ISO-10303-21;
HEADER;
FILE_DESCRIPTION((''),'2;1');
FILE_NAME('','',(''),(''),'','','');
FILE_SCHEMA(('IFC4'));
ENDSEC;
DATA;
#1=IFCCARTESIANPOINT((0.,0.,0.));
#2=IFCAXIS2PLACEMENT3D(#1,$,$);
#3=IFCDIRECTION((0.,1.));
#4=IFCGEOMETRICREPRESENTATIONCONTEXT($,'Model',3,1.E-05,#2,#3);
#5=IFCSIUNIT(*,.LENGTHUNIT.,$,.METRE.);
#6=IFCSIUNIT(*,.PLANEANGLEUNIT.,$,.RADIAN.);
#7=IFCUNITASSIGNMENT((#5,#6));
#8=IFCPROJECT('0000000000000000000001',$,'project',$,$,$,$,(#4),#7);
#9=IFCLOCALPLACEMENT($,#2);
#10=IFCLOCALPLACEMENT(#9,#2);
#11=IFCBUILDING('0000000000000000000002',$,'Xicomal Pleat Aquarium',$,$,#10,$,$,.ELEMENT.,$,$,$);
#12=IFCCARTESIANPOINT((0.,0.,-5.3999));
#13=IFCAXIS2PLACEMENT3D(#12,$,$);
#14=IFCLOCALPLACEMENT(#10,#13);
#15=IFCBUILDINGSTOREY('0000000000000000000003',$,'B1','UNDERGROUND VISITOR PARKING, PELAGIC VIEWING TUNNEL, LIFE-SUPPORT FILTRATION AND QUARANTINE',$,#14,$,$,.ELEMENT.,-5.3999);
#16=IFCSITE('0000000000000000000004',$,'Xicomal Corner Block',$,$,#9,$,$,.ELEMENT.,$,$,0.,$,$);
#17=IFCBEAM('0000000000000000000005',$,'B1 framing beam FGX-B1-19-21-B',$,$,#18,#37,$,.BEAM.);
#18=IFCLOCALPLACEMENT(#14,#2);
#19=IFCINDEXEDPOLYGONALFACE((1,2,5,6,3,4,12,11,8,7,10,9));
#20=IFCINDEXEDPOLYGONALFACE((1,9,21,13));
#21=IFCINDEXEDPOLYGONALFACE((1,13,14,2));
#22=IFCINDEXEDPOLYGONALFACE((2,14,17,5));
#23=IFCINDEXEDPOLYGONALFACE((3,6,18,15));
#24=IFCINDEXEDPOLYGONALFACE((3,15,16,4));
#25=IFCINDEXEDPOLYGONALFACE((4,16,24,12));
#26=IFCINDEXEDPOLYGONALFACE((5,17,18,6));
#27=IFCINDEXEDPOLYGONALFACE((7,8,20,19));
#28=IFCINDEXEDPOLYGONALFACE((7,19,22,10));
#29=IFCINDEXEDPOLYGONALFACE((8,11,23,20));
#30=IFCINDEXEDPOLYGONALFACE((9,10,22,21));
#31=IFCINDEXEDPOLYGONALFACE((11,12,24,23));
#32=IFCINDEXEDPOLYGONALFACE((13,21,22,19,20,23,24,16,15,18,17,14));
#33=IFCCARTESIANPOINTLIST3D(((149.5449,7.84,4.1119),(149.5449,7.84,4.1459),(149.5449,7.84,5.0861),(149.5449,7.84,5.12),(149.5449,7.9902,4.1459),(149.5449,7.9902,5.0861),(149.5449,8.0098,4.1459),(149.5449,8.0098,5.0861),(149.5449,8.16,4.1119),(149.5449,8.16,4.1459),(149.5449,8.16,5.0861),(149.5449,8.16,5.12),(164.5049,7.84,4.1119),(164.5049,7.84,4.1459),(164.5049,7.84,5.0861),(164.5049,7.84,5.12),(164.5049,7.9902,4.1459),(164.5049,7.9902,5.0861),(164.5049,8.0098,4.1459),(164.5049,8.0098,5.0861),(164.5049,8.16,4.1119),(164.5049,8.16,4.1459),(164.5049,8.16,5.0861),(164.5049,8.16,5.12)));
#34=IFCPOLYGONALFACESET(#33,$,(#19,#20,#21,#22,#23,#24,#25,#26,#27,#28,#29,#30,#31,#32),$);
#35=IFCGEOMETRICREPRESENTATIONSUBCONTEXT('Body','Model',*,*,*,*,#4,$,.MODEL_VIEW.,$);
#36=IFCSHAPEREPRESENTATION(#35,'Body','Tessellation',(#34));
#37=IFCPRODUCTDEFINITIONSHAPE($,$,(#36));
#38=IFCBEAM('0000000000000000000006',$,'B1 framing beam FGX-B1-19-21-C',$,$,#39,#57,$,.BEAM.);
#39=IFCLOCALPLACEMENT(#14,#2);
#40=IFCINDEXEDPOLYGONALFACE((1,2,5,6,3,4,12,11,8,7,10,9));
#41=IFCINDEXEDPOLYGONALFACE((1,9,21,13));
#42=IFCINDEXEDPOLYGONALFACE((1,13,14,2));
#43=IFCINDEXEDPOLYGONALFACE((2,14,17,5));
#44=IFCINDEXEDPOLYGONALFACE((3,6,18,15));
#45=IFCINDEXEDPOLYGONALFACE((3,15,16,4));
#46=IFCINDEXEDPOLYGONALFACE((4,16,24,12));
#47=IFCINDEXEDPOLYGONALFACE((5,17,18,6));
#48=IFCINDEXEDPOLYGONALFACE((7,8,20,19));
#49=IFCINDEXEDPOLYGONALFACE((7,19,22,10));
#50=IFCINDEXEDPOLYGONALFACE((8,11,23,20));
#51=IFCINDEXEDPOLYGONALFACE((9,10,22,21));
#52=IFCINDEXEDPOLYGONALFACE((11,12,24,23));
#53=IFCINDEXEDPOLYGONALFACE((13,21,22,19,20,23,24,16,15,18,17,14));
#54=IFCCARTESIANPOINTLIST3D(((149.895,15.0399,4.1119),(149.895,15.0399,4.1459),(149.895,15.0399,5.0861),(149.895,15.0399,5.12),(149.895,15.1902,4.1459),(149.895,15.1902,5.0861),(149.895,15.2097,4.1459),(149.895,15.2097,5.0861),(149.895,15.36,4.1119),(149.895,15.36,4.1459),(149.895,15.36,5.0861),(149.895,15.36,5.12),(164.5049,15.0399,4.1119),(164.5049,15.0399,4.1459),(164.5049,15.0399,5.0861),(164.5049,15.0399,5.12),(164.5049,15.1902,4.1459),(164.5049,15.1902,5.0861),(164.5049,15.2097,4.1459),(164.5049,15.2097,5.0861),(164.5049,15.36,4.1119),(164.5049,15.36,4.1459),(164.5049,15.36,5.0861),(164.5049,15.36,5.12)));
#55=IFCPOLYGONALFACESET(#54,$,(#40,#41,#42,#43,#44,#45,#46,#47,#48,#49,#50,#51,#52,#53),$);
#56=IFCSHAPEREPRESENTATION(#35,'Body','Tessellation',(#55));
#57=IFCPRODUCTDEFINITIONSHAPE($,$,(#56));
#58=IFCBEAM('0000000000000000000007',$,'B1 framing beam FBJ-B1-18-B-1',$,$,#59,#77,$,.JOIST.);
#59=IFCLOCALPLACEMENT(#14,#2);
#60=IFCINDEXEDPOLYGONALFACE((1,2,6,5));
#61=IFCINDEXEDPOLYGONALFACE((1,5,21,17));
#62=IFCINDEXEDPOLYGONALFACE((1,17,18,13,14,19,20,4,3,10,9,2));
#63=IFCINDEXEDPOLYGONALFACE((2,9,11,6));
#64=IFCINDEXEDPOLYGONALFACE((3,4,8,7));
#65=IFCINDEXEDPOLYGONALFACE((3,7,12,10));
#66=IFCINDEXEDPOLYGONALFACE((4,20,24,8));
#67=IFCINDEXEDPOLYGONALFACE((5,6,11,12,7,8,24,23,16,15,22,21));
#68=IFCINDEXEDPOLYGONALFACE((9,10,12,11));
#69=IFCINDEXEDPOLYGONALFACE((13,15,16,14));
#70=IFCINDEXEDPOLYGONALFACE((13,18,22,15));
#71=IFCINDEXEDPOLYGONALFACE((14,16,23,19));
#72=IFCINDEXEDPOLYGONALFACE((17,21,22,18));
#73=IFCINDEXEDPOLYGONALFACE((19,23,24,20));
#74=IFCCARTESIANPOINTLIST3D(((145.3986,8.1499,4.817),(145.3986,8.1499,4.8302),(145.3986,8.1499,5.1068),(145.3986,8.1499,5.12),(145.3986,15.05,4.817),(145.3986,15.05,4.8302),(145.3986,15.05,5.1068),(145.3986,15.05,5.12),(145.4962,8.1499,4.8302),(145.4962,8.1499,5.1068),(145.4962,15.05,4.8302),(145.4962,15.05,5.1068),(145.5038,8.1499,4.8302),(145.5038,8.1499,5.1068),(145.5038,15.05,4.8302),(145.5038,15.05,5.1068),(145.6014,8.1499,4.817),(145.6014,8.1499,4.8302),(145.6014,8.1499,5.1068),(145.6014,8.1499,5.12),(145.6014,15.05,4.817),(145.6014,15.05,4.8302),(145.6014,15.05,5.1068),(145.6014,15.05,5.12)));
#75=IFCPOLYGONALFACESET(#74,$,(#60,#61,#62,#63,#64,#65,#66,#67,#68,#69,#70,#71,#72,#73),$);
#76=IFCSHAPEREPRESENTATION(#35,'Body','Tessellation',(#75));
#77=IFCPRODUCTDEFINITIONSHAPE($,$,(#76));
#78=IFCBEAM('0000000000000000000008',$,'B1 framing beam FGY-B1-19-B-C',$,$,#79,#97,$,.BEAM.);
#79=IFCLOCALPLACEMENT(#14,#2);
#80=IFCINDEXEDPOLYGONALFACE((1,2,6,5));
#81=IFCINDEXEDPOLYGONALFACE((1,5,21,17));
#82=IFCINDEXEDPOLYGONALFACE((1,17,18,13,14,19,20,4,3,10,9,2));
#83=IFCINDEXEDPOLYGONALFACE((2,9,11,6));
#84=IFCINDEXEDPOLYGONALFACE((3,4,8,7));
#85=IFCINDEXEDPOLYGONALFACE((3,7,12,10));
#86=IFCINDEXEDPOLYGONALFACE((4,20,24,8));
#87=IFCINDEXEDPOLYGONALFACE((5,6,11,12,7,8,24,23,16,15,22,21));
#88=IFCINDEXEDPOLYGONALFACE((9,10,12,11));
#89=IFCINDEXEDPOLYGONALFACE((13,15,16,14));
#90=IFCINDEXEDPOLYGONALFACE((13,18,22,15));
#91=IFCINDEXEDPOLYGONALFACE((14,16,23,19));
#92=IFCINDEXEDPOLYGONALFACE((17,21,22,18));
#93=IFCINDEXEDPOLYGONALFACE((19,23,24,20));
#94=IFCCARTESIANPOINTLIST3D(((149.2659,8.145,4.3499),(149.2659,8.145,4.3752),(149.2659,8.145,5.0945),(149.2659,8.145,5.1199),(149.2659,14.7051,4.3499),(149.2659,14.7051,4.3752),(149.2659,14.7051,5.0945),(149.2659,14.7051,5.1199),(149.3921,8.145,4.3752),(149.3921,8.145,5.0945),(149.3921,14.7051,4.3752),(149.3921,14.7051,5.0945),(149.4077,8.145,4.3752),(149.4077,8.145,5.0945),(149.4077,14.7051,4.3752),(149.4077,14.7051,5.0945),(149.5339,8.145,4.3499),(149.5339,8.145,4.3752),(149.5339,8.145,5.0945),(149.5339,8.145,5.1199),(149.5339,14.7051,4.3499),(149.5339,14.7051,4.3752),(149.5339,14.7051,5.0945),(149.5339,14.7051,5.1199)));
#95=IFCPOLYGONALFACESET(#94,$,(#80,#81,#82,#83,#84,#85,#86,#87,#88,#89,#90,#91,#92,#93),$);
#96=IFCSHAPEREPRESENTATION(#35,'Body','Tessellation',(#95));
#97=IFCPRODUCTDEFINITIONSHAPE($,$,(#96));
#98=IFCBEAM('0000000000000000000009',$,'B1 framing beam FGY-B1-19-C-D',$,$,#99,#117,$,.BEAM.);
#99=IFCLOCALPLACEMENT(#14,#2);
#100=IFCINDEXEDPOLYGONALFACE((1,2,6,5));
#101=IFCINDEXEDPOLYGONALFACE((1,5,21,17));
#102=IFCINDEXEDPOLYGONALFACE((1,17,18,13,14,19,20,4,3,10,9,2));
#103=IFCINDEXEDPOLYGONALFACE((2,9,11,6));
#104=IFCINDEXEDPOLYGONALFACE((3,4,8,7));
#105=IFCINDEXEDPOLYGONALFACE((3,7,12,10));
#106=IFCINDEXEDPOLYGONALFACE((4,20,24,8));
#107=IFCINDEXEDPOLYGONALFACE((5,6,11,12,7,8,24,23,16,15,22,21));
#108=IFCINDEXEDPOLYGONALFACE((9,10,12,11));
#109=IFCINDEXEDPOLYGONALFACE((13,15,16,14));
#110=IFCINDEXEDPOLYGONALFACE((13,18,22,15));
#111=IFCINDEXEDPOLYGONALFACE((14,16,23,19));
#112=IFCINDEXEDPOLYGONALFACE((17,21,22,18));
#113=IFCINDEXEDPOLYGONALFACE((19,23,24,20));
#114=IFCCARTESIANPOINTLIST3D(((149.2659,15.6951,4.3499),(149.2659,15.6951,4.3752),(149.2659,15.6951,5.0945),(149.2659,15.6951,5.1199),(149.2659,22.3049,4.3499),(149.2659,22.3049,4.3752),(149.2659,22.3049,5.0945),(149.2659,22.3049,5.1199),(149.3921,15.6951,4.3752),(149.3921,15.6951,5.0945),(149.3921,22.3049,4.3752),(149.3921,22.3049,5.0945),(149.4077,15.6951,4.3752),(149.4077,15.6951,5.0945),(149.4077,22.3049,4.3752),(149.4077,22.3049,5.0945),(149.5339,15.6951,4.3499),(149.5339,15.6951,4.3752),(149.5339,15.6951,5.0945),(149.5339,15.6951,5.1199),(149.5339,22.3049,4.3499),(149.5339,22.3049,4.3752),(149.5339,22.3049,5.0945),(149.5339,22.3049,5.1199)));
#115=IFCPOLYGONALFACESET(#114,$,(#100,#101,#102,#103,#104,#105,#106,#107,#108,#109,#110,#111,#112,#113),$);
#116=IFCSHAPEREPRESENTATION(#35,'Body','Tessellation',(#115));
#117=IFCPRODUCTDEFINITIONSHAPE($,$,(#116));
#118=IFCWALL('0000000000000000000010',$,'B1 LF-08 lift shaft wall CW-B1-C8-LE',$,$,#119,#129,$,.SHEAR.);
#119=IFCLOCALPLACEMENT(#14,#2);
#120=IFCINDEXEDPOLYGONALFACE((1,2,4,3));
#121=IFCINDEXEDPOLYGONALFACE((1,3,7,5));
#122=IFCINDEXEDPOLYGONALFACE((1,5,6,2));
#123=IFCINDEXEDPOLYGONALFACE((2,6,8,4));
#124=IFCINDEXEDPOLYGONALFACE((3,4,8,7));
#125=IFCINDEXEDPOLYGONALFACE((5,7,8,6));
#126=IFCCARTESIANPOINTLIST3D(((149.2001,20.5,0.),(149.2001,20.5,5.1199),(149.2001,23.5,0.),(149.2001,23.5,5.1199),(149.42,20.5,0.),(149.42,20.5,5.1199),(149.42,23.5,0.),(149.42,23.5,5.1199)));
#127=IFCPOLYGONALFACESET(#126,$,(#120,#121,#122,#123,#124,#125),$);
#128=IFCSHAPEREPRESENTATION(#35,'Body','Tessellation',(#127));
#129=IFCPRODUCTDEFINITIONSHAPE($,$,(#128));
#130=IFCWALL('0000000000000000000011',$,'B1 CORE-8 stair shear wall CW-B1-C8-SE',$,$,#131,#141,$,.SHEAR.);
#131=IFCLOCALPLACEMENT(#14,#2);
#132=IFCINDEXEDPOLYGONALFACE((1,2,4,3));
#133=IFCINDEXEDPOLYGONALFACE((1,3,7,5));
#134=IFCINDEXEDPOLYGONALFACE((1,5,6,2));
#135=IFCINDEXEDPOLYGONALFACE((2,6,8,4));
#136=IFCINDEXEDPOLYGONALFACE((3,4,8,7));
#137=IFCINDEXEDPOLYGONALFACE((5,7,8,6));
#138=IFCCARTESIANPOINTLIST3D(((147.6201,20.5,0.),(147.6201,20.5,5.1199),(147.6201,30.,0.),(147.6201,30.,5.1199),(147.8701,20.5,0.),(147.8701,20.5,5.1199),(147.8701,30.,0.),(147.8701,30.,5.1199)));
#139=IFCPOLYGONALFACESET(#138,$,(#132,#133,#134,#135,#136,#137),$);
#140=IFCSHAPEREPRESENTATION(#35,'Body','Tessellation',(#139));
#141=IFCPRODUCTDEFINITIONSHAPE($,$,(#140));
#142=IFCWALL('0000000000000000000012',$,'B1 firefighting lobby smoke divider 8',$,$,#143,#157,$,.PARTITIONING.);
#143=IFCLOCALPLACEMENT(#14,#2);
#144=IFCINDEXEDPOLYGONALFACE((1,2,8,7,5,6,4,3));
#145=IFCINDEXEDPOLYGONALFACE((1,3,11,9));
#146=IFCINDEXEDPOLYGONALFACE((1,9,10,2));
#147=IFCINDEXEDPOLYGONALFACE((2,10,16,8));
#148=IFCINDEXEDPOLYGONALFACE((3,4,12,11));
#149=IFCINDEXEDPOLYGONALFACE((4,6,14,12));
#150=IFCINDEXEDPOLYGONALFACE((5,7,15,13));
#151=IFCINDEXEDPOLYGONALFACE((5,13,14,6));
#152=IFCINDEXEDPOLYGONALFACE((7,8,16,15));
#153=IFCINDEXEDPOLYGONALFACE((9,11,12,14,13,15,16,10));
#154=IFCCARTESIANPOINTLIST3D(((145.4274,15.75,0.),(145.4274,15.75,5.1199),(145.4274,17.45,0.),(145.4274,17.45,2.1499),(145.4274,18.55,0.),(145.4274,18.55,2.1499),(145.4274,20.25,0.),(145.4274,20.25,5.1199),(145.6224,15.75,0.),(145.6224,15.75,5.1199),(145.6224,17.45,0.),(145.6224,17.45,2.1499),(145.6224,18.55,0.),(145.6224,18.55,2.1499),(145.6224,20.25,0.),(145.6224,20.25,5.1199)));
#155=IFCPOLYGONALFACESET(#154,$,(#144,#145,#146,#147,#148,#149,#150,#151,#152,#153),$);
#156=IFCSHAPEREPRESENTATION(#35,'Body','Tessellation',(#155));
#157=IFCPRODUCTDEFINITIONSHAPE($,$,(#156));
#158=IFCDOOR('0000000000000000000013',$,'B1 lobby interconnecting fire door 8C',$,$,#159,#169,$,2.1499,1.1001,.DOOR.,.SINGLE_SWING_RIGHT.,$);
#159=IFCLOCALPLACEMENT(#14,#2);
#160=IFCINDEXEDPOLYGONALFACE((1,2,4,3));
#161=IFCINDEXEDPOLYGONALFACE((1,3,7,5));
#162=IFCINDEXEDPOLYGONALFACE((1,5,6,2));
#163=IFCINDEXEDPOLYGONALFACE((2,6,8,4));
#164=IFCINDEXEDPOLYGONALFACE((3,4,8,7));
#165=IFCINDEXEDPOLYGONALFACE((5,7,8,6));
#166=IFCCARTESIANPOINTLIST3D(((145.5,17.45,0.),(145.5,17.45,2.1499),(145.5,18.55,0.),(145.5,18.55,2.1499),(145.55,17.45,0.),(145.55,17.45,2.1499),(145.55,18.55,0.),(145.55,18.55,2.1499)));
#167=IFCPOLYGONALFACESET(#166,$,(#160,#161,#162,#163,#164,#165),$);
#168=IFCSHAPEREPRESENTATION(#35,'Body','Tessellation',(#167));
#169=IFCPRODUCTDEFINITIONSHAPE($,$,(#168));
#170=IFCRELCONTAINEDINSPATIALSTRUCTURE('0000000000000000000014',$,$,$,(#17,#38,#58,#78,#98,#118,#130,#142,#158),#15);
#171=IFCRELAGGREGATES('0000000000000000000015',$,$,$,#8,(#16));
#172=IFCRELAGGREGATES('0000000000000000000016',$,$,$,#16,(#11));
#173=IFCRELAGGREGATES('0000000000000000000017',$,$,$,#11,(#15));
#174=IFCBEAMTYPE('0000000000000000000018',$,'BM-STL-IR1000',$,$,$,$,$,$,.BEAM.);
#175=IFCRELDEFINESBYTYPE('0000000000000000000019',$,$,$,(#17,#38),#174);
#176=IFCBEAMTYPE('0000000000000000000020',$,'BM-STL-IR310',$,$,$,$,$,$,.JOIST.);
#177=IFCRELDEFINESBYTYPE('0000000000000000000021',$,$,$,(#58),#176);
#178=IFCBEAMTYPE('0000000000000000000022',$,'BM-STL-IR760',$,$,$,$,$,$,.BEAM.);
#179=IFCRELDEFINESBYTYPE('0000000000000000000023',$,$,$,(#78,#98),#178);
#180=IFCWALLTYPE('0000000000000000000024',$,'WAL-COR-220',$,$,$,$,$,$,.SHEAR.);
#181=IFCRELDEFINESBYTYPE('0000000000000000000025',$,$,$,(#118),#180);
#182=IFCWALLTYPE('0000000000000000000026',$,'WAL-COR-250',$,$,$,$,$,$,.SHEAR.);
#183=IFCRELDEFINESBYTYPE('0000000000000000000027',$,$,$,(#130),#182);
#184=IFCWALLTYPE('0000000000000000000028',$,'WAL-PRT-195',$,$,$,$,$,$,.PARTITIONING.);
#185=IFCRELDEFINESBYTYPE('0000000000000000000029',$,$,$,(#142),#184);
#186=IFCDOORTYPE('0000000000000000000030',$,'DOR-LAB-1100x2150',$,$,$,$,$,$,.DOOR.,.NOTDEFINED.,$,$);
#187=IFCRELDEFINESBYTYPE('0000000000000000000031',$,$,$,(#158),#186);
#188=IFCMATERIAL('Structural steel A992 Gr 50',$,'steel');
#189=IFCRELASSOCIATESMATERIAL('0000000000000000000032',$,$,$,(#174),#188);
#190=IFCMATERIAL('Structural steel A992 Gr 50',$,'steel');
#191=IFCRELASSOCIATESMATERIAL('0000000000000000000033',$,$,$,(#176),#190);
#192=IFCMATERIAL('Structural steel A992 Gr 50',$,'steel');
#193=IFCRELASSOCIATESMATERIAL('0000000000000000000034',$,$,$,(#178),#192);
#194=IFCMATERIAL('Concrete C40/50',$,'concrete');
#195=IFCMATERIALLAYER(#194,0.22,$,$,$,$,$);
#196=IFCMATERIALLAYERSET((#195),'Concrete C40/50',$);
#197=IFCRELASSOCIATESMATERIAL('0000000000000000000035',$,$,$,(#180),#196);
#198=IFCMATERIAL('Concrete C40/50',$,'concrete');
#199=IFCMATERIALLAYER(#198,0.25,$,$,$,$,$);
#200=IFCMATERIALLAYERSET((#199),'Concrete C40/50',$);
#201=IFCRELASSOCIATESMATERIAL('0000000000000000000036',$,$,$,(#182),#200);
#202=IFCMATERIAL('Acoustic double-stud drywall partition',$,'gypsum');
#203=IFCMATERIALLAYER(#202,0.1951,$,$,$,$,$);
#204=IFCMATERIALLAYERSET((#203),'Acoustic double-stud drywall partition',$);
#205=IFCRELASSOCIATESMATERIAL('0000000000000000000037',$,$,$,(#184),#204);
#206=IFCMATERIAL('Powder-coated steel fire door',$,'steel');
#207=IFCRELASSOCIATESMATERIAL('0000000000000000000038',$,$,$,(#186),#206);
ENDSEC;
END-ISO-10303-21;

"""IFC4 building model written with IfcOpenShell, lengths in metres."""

from ifc_helpers import new_model, si_unit, direction, frame, frame_2d, origin, origin_2d, place, context, subcontext, project, spatial, rectangle, i_section, extrude, material, layer, layer_set, material_profile, profile_set, type_object, element, fill, save


model = new_model("IFC4")

# Units and contexts
model_context = context("Model", 3, precision=1e-05, world=origin(), true_north=direction((0.0, 1.0)))
body_context = subcontext(model_context, "Body", "Model", "MODEL_VIEW")
ifc_project = project(units=[si_unit("LENGTHUNIT", "METRE"), si_unit("PLANEANGLEUNIT", "RADIAN")], contexts=[model_context])

# Site, building, storey
site_placement = place(None, origin())
site = spatial("IfcSite", under=ifc_project, at=site_placement, Name="Xicomal Corner Block", CompositionType="ELEMENT", RefElevation=0.0)
building_placement = place(site_placement, origin())
building = spatial("IfcBuilding", under=site, at=building_placement, Name="Xicomal Pleat Aquarium", CompositionType="ELEMENT")
storey_placement = place(building_placement, frame((0.0, 0.0, -5.3999)))
storey = spatial("IfcBuildingStorey", under=building, at=storey_placement, Name="B1", Description="UNDERGROUND VISITOR PARKING, PELAGIC VIEWING TUNNEL, LIFE-SUPPORT FILTRATION AND QUARANTINE", CompositionType="ELEMENT", Elevation=-5.3999)

# Beams
ifc_material_1 = material(Name="Structural steel A992 Gr 50", Category="steel")
ifc_material_profile_1 = material_profile(ifc_material_1, i_section(OverallWidth=0.3201, OverallDepth=1.0081, WebThickness=0.0195, FlangeThickness=0.0339, at=origin_2d()), Name="IR 1000x321")
ifc_profile_set_1 = profile_set([ifc_material_profile_1], Name="Structural steel A992 Gr 50")
beam_type_1 = type_object("IfcBeamType", Name="BM-STL-IR1000", PredefinedType="BEAM", material=ifc_profile_set_1)
beam_1_placement = place(storey_placement, frame((149.5449, 8.0, 4.616), z_axis=(1.0, 0.0, 0.0), x_axis=(0.0, 1.0, 0.0)))
element("IfcBeam", 1, at=beam_1_placement, inside=storey, type_object=beam_type_1, Name="B1 framing beam FGX-B1-19-21-B", PredefinedType="BEAM", context=body_context, shape_type="SweptSolid", body=[
    extrude(i_section(OverallWidth=0.3201, OverallDepth=1.0081, WebThickness=0.0195, FlangeThickness=0.0339, at=origin_2d()), origin(), (0.0, 0.0, 1.0), 14.96),
])
beam_2_placement = place(storey_placement, frame((149.895, 15.2, 4.616), z_axis=(1.0, 0.0, 0.0), x_axis=(0.0, 1.0, 0.0)))
element("IfcBeam", 2, at=beam_2_placement, inside=storey, type_object=beam_type_1, Name="B1 framing beam FGX-B1-19-21-C", PredefinedType="BEAM", context=body_context, shape_type="SweptSolid", body=[
    extrude(i_section(OverallWidth=0.3201, OverallDepth=1.0081, WebThickness=0.0195, FlangeThickness=0.0339, at=origin_2d()), origin(), (0.0, 0.0, 1.0), 14.6099),
])
ifc_material_2 = material(Name="Structural steel A992 Gr 50", Category="steel")
ifc_material_profile_2 = material_profile(ifc_material_2, i_section(OverallWidth=0.2029, OverallDepth=0.303, WebThickness=0.0076, FlangeThickness=0.0132, at=origin_2d()), Name="IR 310x60")
ifc_profile_set_2 = profile_set([ifc_material_profile_2], Name="Structural steel A992 Gr 50")
beam_type_2 = type_object("IfcBeamType", Name="BM-STL-IR310", PredefinedType="JOIST", material=ifc_profile_set_2)
beam_3_placement = place(storey_placement, frame((145.5, 8.1499, 4.9685), z_axis=(0.0, 1.0, 0.0), x_axis=(-1.0, 0.0, 0.0)))
element("IfcBeam", 3, at=beam_3_placement, inside=storey, type_object=beam_type_2, Name="B1 framing beam FBJ-B1-18-B-1", PredefinedType="JOIST", context=body_context, shape_type="SweptSolid", body=[
    extrude(i_section(OverallWidth=0.2029, OverallDepth=0.303, WebThickness=0.0076, FlangeThickness=0.0132, at=origin_2d()), origin(), (0.0, 0.0, 1.0), 6.9001),
])
ifc_material_3 = material(Name="Structural steel A992 Gr 50", Category="steel")
ifc_material_profile_3 = material_profile(ifc_material_3, i_section(OverallWidth=0.2681, OverallDepth=0.77, WebThickness=0.0156, FlangeThickness=0.0254, at=origin_2d()), Name="IR 760x196")
ifc_profile_set_3 = profile_set([ifc_material_profile_3], Name="Structural steel A992 Gr 50")
beam_type_3 = type_object("IfcBeamType", Name="BM-STL-IR760", PredefinedType="BEAM", material=ifc_profile_set_3)
beam_4_placement = place(storey_placement, frame((149.3999, 8.145, 4.7349), z_axis=(0.0, 1.0, 0.0), x_axis=(-1.0, 0.0, 0.0)))
element("IfcBeam", 4, at=beam_4_placement, inside=storey, type_object=beam_type_3, Name="B1 framing beam FGY-B1-19-B-C", PredefinedType="BEAM", context=body_context, shape_type="SweptSolid", body=[
    extrude(i_section(OverallWidth=0.2681, OverallDepth=0.77, WebThickness=0.0156, FlangeThickness=0.0254, at=origin_2d()), origin(), (0.0, 0.0, 1.0), 6.5601),
])
beam_5_placement = place(storey_placement, frame((149.3999, 15.6951, 4.7349), z_axis=(0.0, 1.0, 0.0), x_axis=(-1.0, 0.0, 0.0)))
element("IfcBeam", 5, at=beam_5_placement, inside=storey, type_object=beam_type_3, Name="B1 framing beam FGY-B1-19-C-D", PredefinedType="BEAM", context=body_context, shape_type="SweptSolid", body=[
    extrude(i_section(OverallWidth=0.2681, OverallDepth=0.77, WebThickness=0.0156, FlangeThickness=0.0254, at=origin_2d()), origin(), (0.0, 0.0, 1.0), 6.6099),
])

# Shared definitions
ifc_material_4 = material(Name="Concrete C40/50", Category="concrete")
ifc_layer_1 = layer(ifc_material_4, 0.22)
ifc_layer_set_1 = layer_set([ifc_layer_1], Name="Concrete C40/50")
wall_type_1 = type_object("IfcWallType", Name="WAL-COR-220", PredefinedType="SHEAR", material=ifc_layer_set_1)

# Walls
wall_1_placement = place(storey_placement, frame((149.3101, 20.5, 0.0), z_axis=(0.0, 0.0, 1.0), x_axis=(0.0, 1.0, 0.0)))
element("IfcWall", 6, at=wall_1_placement, inside=storey, type_object=wall_type_1, Name="B1 LF-08 lift shaft wall CW-B1-C8-LE", PredefinedType="SHEAR", context=body_context, shape_type="SweptSolid", body=[
    extrude(rectangle(XDim=3.0, YDim=0.22, at=frame_2d((1.5, 0.0))), origin(), (0.0, 0.0, 1.0), 5.1199),
])
ifc_material_5 = material(Name="Concrete C40/50", Category="concrete")
ifc_layer_2 = layer(ifc_material_5, 0.25)
ifc_layer_set_2 = layer_set([ifc_layer_2], Name="Concrete C40/50")
wall_type_2 = type_object("IfcWallType", Name="WAL-COR-250", PredefinedType="SHEAR", material=ifc_layer_set_2)
wall_2_placement = place(storey_placement, frame((147.7451, 20.5, 0.0), z_axis=(0.0, 0.0, 1.0), x_axis=(0.0, 1.0, 0.0)))
element("IfcWall", 7, at=wall_2_placement, inside=storey, type_object=wall_type_2, Name="B1 CORE-8 stair shear wall CW-B1-C8-SE", PredefinedType="SHEAR", context=body_context, shape_type="SweptSolid", body=[
    extrude(rectangle(XDim=9.5, YDim=0.25, at=frame_2d((4.75, 0.0))), origin(), (0.0, 0.0, 1.0), 5.1199),
])

# Wall, opening, door
ifc_material_6 = material(Name="Acoustic double-stud drywall partition", Category="gypsum")
ifc_layer_3 = layer(ifc_material_6, 0.1951)
ifc_layer_set_3 = layer_set([ifc_layer_3], Name="Acoustic double-stud drywall partition")
wall_type_3 = type_object("IfcWallType", Name="WAL-PRT-195", PredefinedType="PARTITIONING", material=ifc_layer_set_3)
wall_3_placement = place(storey_placement, frame((145.5249, 15.75, 0.0), z_axis=(0.0, 0.0, 1.0), x_axis=(0.0, 1.0, 0.0)))
wall_3 = element("IfcWall", 8, at=wall_3_placement, inside=storey, type_object=wall_type_3, Name="B1 firefighting lobby smoke divider 8", PredefinedType="PARTITIONING", context=body_context, shape_type="SweptSolid", body=[
    extrude(rectangle(XDim=4.5, YDim=0.1951, at=frame_2d((2.25, 0.0))), origin(), (0.0, 0.0, 1.0), 5.1199),
])
opening_1_placement = place(wall_3_placement, frame((1.7, 0.0, 0.0)))
opening_1 = element("IfcOpeningElement", 9, at=opening_1_placement, cuts=wall_3, PredefinedType="OPENING", context=body_context, shape_type="SweptSolid", body=[
    extrude(rectangle(XDim=1.1001, YDim=2.1499, at=frame_2d((0.55, 1.075))), frame((0.0, 0.1074, 0.0), z_axis=(0.0, -1.0, 0.0), x_axis=(1.0, 0.0, 0.0)), (0.0, 0.0, 1.0), 0.2151),
])
ifc_material_7 = material(Name="Powder-coated steel fire door", Category="steel")
door_type_1 = type_object("IfcDoorType", Name="DOR-LAB-1100x2150", OperationType="NOTDEFINED", PredefinedType="DOOR", material=ifc_material_7)
door_1_placement = place(opening_1_placement, origin())
door_1 = element("IfcDoor", 10, at=door_1_placement, inside=storey, type_object=door_type_1, Name="B1 lobby interconnecting fire door 8C", OperationType="SINGLE_SWING_RIGHT", OverallHeight=2.1499, OverallWidth=1.1001, PredefinedType="DOOR", context=body_context, shape_type="SweptSolid", body=[
    extrude(rectangle(XDim=1.1001, YDim=2.1499, at=frame_2d((0.55, 1.075))), frame((0.0, 0.0249, 0.0), z_axis=(0.0, -1.0, 0.0), x_axis=(1.0, 0.0, 0.0)), (0.0, 0.0, 1.0), 0.05),
])
fill(opening_1, door_1)

save(model, "model.ifc")
